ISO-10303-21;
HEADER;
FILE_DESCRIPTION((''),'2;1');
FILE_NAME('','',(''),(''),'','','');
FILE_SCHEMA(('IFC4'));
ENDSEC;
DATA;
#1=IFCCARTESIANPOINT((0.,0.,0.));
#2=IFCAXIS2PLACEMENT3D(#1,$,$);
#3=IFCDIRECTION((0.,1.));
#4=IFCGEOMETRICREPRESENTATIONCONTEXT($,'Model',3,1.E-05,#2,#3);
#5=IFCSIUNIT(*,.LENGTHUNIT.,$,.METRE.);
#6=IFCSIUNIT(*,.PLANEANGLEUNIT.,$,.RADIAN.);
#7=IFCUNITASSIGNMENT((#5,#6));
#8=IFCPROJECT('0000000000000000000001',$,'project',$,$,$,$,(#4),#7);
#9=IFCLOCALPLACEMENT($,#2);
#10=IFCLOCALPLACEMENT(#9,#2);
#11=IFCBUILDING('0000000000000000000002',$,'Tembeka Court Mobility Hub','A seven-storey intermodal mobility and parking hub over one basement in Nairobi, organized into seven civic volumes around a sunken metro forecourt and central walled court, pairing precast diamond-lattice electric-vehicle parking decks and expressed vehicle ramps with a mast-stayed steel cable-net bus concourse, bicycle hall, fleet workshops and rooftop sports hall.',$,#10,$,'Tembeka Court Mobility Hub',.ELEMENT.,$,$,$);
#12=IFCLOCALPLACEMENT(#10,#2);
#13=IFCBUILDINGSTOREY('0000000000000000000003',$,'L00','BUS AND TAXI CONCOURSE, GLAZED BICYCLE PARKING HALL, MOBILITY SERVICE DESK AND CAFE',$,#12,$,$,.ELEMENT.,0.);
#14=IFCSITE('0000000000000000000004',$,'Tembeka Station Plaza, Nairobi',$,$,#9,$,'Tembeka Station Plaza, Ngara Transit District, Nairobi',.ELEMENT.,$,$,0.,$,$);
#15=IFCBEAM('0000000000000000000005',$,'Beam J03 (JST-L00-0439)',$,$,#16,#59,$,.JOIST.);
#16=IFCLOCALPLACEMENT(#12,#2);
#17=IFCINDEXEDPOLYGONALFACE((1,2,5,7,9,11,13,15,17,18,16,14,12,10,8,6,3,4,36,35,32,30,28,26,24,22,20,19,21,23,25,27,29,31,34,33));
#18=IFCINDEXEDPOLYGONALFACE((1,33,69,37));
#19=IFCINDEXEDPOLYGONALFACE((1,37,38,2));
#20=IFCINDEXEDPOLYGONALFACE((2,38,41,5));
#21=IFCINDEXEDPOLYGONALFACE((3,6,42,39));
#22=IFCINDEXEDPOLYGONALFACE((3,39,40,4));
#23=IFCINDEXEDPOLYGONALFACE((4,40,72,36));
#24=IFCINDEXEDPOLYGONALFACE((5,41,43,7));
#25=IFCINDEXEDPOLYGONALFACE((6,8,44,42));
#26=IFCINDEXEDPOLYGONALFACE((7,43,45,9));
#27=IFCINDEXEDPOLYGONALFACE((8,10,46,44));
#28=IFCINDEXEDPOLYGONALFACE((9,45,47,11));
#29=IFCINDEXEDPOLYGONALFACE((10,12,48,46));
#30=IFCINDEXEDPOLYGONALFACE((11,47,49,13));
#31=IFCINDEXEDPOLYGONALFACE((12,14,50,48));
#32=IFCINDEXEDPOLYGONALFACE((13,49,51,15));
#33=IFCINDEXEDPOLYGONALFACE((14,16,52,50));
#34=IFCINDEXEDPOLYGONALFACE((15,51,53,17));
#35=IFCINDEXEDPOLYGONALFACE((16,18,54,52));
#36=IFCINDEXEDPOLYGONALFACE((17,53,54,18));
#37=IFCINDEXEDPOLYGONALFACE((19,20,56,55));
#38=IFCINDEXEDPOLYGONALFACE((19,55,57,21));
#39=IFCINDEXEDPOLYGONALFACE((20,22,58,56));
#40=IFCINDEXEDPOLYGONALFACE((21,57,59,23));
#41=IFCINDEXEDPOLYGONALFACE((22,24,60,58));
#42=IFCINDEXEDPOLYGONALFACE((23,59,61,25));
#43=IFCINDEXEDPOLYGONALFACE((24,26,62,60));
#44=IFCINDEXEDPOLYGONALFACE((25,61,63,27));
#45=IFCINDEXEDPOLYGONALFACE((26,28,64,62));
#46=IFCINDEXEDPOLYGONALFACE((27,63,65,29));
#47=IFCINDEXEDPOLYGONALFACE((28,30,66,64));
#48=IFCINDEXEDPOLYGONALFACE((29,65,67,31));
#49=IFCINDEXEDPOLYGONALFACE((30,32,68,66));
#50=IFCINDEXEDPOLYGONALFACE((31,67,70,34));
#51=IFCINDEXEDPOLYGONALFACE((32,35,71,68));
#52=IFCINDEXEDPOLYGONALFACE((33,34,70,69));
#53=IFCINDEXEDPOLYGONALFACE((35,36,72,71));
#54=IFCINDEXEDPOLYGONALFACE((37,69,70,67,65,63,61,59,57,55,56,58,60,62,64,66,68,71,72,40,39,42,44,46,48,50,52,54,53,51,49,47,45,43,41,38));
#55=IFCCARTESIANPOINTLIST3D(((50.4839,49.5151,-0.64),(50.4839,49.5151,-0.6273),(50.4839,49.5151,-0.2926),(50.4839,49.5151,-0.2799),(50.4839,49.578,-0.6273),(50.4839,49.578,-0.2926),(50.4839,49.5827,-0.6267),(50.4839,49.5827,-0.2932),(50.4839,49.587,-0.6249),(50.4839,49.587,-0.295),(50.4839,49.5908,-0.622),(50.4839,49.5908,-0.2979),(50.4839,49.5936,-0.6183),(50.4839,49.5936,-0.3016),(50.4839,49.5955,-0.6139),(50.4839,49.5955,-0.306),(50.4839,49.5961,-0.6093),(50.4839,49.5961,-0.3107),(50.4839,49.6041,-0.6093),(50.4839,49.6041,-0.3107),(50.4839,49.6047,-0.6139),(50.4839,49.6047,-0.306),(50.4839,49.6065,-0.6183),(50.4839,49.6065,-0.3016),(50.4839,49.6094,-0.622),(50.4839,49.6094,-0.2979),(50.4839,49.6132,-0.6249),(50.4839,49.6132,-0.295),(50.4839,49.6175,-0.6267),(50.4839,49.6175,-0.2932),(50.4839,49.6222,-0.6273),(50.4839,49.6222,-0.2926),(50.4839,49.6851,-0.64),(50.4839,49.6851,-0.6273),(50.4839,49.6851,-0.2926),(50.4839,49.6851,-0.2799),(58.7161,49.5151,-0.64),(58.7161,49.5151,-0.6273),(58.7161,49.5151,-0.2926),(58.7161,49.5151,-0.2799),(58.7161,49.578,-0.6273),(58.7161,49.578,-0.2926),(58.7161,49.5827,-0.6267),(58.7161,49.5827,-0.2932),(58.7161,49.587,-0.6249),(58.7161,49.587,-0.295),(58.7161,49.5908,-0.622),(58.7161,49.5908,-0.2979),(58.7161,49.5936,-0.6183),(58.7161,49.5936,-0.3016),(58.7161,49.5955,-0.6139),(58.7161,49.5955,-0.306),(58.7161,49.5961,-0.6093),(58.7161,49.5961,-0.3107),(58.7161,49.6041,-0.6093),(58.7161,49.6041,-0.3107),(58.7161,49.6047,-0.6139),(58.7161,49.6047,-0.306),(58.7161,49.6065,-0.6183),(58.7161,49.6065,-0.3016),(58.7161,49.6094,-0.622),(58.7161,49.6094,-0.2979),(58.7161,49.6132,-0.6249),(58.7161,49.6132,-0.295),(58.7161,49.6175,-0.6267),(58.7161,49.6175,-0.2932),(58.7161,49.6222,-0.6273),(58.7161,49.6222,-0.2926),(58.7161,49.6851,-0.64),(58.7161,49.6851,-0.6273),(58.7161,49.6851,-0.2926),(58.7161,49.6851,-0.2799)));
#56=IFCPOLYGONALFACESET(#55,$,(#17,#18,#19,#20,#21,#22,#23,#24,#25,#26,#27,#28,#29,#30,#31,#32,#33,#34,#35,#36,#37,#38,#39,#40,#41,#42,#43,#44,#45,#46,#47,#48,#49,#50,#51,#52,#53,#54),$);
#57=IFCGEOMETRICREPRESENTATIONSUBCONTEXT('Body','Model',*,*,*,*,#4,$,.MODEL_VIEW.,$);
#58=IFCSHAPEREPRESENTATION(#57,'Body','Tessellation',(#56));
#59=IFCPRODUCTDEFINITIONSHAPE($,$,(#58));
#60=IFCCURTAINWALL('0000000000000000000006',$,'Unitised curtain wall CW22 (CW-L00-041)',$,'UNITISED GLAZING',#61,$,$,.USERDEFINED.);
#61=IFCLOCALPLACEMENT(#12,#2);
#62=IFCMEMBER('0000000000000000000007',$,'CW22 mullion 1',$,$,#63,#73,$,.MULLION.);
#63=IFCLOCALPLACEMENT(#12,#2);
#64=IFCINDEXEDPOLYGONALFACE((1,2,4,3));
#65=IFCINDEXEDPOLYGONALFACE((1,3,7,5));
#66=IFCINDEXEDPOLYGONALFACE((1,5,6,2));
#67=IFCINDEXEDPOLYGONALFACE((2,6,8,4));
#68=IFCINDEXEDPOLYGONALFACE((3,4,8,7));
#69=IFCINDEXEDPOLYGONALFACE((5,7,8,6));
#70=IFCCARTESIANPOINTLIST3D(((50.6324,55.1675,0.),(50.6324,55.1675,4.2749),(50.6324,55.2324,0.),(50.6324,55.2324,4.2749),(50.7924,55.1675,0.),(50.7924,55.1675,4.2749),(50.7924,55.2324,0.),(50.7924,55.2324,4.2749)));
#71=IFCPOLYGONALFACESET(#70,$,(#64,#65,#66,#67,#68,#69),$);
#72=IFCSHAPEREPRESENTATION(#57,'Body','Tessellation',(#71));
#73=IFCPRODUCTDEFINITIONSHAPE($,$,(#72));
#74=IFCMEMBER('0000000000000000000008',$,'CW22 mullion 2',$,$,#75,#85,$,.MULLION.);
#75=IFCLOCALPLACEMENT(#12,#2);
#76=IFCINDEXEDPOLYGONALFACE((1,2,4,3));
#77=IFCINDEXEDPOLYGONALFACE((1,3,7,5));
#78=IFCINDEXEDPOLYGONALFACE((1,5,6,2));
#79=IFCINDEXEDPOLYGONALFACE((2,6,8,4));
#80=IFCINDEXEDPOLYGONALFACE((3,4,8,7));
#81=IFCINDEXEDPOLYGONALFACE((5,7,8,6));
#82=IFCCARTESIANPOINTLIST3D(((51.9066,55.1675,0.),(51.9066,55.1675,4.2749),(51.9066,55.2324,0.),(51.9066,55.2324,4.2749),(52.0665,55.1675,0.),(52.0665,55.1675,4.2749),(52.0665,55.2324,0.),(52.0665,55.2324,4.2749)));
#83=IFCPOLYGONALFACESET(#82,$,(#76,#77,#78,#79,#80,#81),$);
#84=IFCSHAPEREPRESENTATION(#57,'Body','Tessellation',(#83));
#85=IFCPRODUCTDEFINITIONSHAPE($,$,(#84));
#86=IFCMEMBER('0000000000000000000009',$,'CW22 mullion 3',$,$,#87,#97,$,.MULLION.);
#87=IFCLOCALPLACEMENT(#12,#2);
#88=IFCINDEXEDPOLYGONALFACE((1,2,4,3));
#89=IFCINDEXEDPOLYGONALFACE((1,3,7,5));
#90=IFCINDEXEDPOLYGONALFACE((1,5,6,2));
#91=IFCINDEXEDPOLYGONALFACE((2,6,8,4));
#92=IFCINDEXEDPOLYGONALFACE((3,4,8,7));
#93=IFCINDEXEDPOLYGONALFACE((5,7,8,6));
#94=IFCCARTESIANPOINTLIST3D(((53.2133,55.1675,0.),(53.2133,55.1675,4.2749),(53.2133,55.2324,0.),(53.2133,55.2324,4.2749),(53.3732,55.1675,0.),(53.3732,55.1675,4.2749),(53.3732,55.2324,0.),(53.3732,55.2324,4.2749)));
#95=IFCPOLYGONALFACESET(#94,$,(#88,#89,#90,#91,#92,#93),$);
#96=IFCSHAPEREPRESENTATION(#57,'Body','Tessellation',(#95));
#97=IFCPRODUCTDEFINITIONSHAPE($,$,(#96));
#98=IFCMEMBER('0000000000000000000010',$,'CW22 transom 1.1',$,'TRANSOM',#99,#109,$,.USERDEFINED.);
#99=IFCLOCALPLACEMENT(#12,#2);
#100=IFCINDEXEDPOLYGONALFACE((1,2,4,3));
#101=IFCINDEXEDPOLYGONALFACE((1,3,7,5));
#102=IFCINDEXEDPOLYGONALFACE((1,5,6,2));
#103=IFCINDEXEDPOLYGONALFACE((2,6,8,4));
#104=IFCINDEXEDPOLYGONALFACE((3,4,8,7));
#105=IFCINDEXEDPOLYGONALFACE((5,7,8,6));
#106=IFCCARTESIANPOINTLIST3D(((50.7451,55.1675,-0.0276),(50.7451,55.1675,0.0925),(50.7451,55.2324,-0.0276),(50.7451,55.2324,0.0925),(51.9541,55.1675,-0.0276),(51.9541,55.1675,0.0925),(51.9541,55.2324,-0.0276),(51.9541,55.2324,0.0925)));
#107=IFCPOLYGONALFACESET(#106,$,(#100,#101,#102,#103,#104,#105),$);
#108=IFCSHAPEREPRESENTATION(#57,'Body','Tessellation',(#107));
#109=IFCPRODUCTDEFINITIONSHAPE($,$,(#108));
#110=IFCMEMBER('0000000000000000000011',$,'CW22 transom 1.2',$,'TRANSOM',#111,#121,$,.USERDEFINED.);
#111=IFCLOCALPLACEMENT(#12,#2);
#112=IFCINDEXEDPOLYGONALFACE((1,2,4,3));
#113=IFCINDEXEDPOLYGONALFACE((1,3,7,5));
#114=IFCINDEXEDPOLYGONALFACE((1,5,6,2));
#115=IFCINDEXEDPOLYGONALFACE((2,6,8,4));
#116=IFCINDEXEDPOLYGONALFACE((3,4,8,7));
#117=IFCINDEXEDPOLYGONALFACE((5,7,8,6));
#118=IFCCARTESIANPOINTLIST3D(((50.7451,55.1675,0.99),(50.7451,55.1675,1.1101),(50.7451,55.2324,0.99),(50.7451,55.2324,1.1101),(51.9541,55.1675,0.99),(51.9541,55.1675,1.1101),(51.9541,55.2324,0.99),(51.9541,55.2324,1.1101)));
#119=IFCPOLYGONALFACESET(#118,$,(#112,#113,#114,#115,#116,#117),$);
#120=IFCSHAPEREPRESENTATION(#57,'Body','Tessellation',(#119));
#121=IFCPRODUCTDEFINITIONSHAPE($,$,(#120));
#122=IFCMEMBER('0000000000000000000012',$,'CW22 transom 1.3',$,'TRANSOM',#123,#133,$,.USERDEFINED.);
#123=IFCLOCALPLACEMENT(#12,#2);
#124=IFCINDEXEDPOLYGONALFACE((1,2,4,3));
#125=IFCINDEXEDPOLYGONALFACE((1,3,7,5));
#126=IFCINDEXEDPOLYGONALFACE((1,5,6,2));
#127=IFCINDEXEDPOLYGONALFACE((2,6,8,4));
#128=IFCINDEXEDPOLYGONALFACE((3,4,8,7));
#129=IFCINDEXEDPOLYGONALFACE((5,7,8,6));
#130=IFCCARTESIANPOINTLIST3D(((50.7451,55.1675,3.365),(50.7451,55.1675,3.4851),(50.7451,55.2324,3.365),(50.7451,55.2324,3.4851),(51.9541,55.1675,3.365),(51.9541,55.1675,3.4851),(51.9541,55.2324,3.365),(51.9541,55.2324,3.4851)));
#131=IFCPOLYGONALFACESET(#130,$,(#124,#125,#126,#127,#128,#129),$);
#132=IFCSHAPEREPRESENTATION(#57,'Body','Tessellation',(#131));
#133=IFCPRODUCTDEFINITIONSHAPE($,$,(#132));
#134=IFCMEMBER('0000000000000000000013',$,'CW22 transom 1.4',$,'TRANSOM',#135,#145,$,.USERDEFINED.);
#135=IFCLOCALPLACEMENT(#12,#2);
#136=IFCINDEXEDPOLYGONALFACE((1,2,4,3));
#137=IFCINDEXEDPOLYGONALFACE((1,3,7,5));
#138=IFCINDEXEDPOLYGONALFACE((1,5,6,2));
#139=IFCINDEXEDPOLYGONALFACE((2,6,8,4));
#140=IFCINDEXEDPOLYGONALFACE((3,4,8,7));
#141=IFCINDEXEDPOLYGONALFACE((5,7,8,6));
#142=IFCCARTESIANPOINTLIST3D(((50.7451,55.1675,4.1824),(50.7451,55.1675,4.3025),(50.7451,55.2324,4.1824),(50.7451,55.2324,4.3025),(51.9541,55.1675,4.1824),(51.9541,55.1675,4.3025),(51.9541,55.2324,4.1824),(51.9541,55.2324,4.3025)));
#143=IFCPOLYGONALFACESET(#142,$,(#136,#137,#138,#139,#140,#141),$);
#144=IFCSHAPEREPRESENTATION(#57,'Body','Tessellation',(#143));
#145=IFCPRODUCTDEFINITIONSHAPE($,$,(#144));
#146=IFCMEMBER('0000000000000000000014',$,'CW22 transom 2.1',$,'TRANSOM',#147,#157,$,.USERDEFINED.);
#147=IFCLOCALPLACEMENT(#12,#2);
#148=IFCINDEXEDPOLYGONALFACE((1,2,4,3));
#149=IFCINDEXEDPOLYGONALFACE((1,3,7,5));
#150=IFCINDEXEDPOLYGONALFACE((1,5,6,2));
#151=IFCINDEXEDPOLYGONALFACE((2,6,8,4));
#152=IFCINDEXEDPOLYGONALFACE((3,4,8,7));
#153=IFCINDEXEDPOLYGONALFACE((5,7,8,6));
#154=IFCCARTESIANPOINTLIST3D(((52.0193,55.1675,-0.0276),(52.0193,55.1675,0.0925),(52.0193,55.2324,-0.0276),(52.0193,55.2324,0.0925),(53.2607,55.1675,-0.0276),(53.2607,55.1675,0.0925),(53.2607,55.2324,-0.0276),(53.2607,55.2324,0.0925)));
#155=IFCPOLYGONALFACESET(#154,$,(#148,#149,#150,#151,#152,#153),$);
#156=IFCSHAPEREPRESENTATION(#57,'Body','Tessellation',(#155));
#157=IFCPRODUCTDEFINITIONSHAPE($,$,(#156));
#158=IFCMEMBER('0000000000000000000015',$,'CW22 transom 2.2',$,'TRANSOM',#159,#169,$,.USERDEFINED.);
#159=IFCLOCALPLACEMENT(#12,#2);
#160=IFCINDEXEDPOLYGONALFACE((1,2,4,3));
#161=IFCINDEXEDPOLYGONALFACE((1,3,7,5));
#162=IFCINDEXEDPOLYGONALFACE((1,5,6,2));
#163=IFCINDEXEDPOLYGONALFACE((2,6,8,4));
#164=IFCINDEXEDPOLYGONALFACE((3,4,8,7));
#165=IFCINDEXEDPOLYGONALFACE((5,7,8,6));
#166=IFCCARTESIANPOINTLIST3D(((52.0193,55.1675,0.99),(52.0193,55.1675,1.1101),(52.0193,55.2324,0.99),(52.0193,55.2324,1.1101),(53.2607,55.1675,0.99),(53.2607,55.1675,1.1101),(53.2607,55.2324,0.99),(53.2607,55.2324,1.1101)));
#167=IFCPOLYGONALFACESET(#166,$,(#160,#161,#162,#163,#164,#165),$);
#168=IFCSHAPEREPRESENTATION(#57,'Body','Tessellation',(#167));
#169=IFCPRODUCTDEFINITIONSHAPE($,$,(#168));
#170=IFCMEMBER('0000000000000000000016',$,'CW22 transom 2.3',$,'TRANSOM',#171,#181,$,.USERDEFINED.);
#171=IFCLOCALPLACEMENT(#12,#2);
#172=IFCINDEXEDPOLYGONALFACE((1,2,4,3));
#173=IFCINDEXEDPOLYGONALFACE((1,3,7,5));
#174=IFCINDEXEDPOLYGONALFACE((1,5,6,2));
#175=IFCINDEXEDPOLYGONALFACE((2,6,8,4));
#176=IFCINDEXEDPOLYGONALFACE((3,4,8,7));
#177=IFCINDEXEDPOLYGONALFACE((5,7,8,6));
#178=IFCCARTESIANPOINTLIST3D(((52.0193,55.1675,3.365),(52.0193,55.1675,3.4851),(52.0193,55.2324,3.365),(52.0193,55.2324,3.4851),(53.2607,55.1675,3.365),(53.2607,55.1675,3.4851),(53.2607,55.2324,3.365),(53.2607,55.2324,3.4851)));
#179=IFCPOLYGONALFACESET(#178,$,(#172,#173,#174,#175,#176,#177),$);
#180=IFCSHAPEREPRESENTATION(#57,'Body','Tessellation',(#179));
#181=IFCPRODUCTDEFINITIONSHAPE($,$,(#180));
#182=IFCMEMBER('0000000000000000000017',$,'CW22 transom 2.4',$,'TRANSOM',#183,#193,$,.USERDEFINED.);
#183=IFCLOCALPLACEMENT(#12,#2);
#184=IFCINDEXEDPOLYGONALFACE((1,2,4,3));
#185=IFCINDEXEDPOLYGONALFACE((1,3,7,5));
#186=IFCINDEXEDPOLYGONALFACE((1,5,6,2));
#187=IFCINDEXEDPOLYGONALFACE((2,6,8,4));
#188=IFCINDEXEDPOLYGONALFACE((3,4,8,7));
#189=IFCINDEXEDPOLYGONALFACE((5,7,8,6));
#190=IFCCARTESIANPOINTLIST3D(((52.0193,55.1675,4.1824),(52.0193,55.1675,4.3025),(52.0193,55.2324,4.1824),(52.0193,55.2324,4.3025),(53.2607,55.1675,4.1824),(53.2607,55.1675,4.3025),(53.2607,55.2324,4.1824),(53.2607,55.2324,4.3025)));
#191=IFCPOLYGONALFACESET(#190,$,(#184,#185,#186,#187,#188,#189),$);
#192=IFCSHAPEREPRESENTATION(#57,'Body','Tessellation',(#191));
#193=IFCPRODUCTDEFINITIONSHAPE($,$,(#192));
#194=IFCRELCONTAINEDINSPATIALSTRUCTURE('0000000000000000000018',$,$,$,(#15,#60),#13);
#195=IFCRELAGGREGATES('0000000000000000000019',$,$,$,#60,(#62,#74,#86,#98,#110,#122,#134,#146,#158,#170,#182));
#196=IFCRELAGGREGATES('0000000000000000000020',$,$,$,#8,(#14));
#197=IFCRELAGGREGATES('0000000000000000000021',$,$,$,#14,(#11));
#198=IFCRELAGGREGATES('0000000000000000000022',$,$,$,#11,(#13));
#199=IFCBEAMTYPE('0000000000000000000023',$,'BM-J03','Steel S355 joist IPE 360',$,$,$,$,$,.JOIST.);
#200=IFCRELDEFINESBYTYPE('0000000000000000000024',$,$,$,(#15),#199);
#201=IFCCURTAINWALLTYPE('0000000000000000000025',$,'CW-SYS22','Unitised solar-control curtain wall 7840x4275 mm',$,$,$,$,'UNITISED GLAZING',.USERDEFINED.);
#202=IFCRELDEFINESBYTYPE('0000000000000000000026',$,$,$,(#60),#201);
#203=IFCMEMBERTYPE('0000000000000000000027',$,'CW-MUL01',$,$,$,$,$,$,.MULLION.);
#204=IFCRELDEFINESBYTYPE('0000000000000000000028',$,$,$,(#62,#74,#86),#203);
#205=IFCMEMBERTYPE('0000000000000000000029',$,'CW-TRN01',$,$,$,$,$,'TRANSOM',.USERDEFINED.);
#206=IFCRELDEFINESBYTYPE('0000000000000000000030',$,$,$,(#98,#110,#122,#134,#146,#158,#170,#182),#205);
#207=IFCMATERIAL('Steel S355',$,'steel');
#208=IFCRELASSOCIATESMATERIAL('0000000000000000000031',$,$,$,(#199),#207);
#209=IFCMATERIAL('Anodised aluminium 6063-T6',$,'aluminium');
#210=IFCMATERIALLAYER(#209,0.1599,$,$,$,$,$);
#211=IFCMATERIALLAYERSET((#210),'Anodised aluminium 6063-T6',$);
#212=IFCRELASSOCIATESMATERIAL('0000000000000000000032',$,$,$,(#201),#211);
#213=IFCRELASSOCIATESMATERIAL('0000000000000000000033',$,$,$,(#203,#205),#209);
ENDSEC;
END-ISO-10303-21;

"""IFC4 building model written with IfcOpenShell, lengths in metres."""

from ifc_helpers import new_model, si_unit, direction, frame, origin, origin_2d, place, context, subcontext, project, spatial, rectangle, i_section, extrude, material, layer, layer_set, material_profile, profile_set, type_object, element, aggregate, save


model = new_model("IFC4")

# Units and contexts
model_context = context("Model", 3, precision=1e-05, world=origin(), true_north=direction((0.0, 1.0)))
body_context = subcontext(model_context, "Body", "Model", "MODEL_VIEW")
ifc_project = project(units=[si_unit("LENGTHUNIT", "METRE"), si_unit("PLANEANGLEUNIT", "RADIAN")], contexts=[model_context])

# Site, building, storey
site_placement = place(None, origin())
site = spatial("IfcSite", under=ifc_project, at=site_placement, Name="Tembeka Station Plaza, Nairobi", LongName="Tembeka Station Plaza, Ngara Transit District, Nairobi", CompositionType="ELEMENT", RefElevation=0.0)
building_placement = place(site_placement, origin())
building = spatial("IfcBuilding", under=site, at=building_placement, Name="Tembeka Court Mobility Hub", Description="A seven-storey intermodal mobility and parking hub over one basement in Nairobi, organized into seven civic volumes around a sunken metro forecourt and central walled court, pairing precast diamond-lattice electric-vehicle parking decks and expressed vehicle ramps with a mast-stayed steel cable-net bus concourse, bicycle hall, fleet workshops and rooftop sports hall.", LongName="Tembeka Court Mobility Hub", CompositionType="ELEMENT")
storey_placement = place(building_placement, origin())
storey = spatial("IfcBuildingStorey", under=building, at=storey_placement, Name="L00", Description="BUS AND TAXI CONCOURSE, GLAZED BICYCLE PARKING HALL, MOBILITY SERVICE DESK AND CAFE", CompositionType="ELEMENT", Elevation=0.0)

# Shared definitions
ifc_material_1 = material(Name="Steel S355", Category="steel")

# Beam
ifc_material_profile_1 = material_profile(ifc_material_1, i_section(OverallWidth=0.1699, OverallDepth=0.3601, WebThickness=0.0081, FlangeThickness=0.0127, FilletRadius=0.0181, at=origin_2d()), Name="IPE 360")
ifc_profile_set_1 = profile_set([ifc_material_profile_1], Name="Steel S355")
beam_type_1 = type_object("IfcBeamType", Name="BM-J03", Description="Steel S355 joist IPE 360", PredefinedType="JOIST", material=ifc_profile_set_1)
for number, where, z_axis, x_axis, name in (
    (1, (50.4839, 49.6001, -0.46), (1.0, 0.0, 0.0), (0.0, 1.0, 0.0), "Beam J03 (JST-L00-0439)"),
):
    element("IfcBeam", number, at=place(storey_placement, frame(where, z_axis=z_axis, x_axis=x_axis)), inside=storey, type_object=beam_type_1, Name=name, PredefinedType="JOIST", context=body_context, shape_type="SweptSolid", body=[
        extrude(i_section(OverallWidth=0.1699, OverallDepth=0.3601, WebThickness=0.0081, FlangeThickness=0.0127, FilletRadius=0.0181, at=origin_2d()), origin(), (0.0, 0.0, 1.0), 8.2322),
    ])

# Curtain wall, members
ifc_material_2 = material(Name="Anodised aluminium 6063-T6", Category="aluminium")
ifc_layer_1 = layer(ifc_material_2, 0.1599)
ifc_layer_set_1 = layer_set([ifc_layer_1], Name="Anodised aluminium 6063-T6")
curtain_wall_type = type_object("IfcCurtainWallType", Name="CW-SYS22", Description="Unitised solar-control curtain wall 7840x4275 mm", ElementType="UNITISED GLAZING", PredefinedType="USERDEFINED", material=ifc_layer_set_1)
curtain_wall_placement = place(storey_placement, origin())
curtain_wall = element("IfcCurtainWall", 2, at=curtain_wall_placement, inside=storey, type_object=curtain_wall_type, Name="Unitised curtain wall CW22 (CW-L00-041)", ObjectType="UNITISED GLAZING", PredefinedType="USERDEFINED")
ifc_material_profile_2 = material_profile(ifc_material_2, rectangle(XDim=0.0649, YDim=0.1599, at=origin_2d()), Name="ALU-MUL 65x160")
ifc_profile_set_2 = profile_set([ifc_material_profile_2], Name="Anodised aluminium 6063-T6")
member_type_1 = type_object("IfcMemberType", Name="CW-MUL01", PredefinedType="MULLION", material=ifc_profile_set_2)
member_1_placement = place(storey_placement, frame((50.7124, 55.2, 0.0), z_axis=(0.0, 0.0, 1.0), x_axis=(0.0, 1.0, 0.0)))
member_1 = element("IfcMember", 3, at=member_1_placement, type_object=member_type_1, Name="CW22 mullion 1", PredefinedType="MULLION", context=body_context, shape_type="SweptSolid", body=[
    extrude(rectangle(XDim=0.0649, YDim=0.1599, at=origin_2d()), origin(), (0.0, 0.0, 1.0), 4.2749),
])
member_2_placement = place(storey_placement, frame((51.9866, 55.2, 0.0), z_axis=(0.0, 0.0, 1.0), x_axis=(0.0, 1.0, 0.0)))
member_2 = element("IfcMember", 4, at=member_2_placement, type_object=member_type_1, Name="CW22 mullion 2", PredefinedType="MULLION", context=body_context, shape_type="SweptSolid", body=[
    extrude(rectangle(XDim=0.0649, YDim=0.1599, at=origin_2d()), origin(), (0.0, 0.0, 1.0), 4.2749),
])
member_3_placement = place(storey_placement, frame((53.2932, 55.2, 0.0), z_axis=(0.0, 0.0, 1.0), x_axis=(0.0, 1.0, 0.0)))
member_3 = element("IfcMember", 5, at=member_3_placement, type_object=member_type_1, Name="CW22 mullion 3", PredefinedType="MULLION", context=body_context, shape_type="SweptSolid", body=[
    extrude(rectangle(XDim=0.0649, YDim=0.1599, at=origin_2d()), origin(), (0.0, 0.0, 1.0), 4.2749),
])
ifc_material_profile_3 = material_profile(ifc_material_2, rectangle(XDim=0.0649, YDim=0.1201, at=origin_2d()), Name="ALU-TRN 65x120")
ifc_profile_set_3 = profile_set([ifc_material_profile_3], Name="Anodised aluminium 6063-T6")
member_type_2 = type_object("IfcMemberType", Name="CW-TRN01", ElementType="TRANSOM", PredefinedType="USERDEFINED", material=ifc_profile_set_3)
member_4_placement = place(storey_placement, frame((50.7451, 55.2, 0.0325), z_axis=(1.0, 0.0, 0.0), x_axis=(0.0, 1.0, 0.0)))
member_4 = element("IfcMember", 6, at=member_4_placement, type_object=member_type_2, Name="CW22 transom 1.1", ObjectType="TRANSOM", PredefinedType="USERDEFINED", context=body_context, shape_type="SweptSolid", body=[
    extrude(rectangle(XDim=0.0649, YDim=0.1201, at=origin_2d()), origin(), (0.0, 0.0, 1.0), 1.209),
])
member_5_placement = place(storey_placement, frame((50.7451, 55.2, 1.05), z_axis=(1.0, 0.0, 0.0), x_axis=(0.0, 1.0, 0.0)))
member_5 = element("IfcMember", 7, at=member_5_placement, type_object=member_type_2, Name="CW22 transom 1.2", ObjectType="TRANSOM", PredefinedType="USERDEFINED", context=body_context, shape_type="SweptSolid", body=[
    extrude(rectangle(XDim=0.0649, YDim=0.1201, at=origin_2d()), origin(), (0.0, 0.0, 1.0), 1.209),
])
member_6_placement = place(storey_placement, frame((50.7451, 55.2, 3.425), z_axis=(1.0, 0.0, 0.0), x_axis=(0.0, 1.0, 0.0)))
member_6 = element("IfcMember", 8, at=member_6_placement, type_object=member_type_2, Name="CW22 transom 1.3", ObjectType="TRANSOM", PredefinedType="USERDEFINED", context=body_context, shape_type="SweptSolid", body=[
    extrude(rectangle(XDim=0.0649, YDim=0.1201, at=origin_2d()), origin(), (0.0, 0.0, 1.0), 1.209),
])
member_7_placement = place(storey_placement, frame((50.7451, 55.2, 4.2424), z_axis=(1.0, 0.0, 0.0), x_axis=(0.0, 1.0, 0.0)))
member_7 = element("IfcMember", 9, at=member_7_placement, type_object=member_type_2, Name="CW22 transom 1.4", ObjectType="TRANSOM", PredefinedType="USERDEFINED", context=body_context, shape_type="SweptSolid", body=[
    extrude(rectangle(XDim=0.0649, YDim=0.1201, at=origin_2d()), origin(), (0.0, 0.0, 1.0), 1.209),
])
member_8_placement = place(storey_placement, frame((52.0193, 55.2, 0.0325), z_axis=(1.0, 0.0, 0.0), x_axis=(0.0, 1.0, 0.0)))
member_8 = element("IfcMember", 10, at=member_8_placement, type_object=member_type_2, Name="CW22 transom 2.1", ObjectType="TRANSOM", PredefinedType="USERDEFINED", context=body_context, shape_type="SweptSolid", body=[
    extrude(rectangle(XDim=0.0649, YDim=0.1201, at=origin_2d()), origin(), (0.0, 0.0, 1.0), 1.2415),
])
member_9_placement = place(storey_placement, frame((52.0193, 55.2, 1.05), z_axis=(1.0, 0.0, 0.0), x_axis=(0.0, 1.0, 0.0)))
member_9 = element("IfcMember", 11, at=member_9_placement, type_object=member_type_2, Name="CW22 transom 2.2", ObjectType="TRANSOM", PredefinedType="USERDEFINED", context=body_context, shape_type="SweptSolid", body=[
    extrude(rectangle(XDim=0.0649, YDim=0.1201, at=origin_2d()), origin(), (0.0, 0.0, 1.0), 1.2415),
])
member_10_placement = place(storey_placement, frame((52.0193, 55.2, 3.425), z_axis=(1.0, 0.0, 0.0), x_axis=(0.0, 1.0, 0.0)))
member_10 = element("IfcMember", 12, at=member_10_placement, type_object=member_type_2, Name="CW22 transom 2.3", ObjectType="TRANSOM", PredefinedType="USERDEFINED", context=body_context, shape_type="SweptSolid", body=[
    extrude(rectangle(XDim=0.0649, YDim=0.1201, at=origin_2d()), origin(), (0.0, 0.0, 1.0), 1.2415),
])
member_11_placement = place(storey_placement, frame((52.0193, 55.2, 4.2424), z_axis=(1.0, 0.0, 0.0), x_axis=(0.0, 1.0, 0.0)))
member_11 = element("IfcMember", 13, at=member_11_placement, type_object=member_type_2, Name="CW22 transom 2.4", ObjectType="TRANSOM", PredefinedType="USERDEFINED", context=body_context, shape_type="SweptSolid", body=[
    extrude(rectangle(XDim=0.0649, YDim=0.1201, at=origin_2d()), origin(), (0.0, 0.0, 1.0), 1.2415),
])
aggregate(curtain_wall, [member_1, member_2, member_3, member_4, member_5, member_6, member_7, member_8, member_9, member_10, member_11])

save(model, "model.ifc")
